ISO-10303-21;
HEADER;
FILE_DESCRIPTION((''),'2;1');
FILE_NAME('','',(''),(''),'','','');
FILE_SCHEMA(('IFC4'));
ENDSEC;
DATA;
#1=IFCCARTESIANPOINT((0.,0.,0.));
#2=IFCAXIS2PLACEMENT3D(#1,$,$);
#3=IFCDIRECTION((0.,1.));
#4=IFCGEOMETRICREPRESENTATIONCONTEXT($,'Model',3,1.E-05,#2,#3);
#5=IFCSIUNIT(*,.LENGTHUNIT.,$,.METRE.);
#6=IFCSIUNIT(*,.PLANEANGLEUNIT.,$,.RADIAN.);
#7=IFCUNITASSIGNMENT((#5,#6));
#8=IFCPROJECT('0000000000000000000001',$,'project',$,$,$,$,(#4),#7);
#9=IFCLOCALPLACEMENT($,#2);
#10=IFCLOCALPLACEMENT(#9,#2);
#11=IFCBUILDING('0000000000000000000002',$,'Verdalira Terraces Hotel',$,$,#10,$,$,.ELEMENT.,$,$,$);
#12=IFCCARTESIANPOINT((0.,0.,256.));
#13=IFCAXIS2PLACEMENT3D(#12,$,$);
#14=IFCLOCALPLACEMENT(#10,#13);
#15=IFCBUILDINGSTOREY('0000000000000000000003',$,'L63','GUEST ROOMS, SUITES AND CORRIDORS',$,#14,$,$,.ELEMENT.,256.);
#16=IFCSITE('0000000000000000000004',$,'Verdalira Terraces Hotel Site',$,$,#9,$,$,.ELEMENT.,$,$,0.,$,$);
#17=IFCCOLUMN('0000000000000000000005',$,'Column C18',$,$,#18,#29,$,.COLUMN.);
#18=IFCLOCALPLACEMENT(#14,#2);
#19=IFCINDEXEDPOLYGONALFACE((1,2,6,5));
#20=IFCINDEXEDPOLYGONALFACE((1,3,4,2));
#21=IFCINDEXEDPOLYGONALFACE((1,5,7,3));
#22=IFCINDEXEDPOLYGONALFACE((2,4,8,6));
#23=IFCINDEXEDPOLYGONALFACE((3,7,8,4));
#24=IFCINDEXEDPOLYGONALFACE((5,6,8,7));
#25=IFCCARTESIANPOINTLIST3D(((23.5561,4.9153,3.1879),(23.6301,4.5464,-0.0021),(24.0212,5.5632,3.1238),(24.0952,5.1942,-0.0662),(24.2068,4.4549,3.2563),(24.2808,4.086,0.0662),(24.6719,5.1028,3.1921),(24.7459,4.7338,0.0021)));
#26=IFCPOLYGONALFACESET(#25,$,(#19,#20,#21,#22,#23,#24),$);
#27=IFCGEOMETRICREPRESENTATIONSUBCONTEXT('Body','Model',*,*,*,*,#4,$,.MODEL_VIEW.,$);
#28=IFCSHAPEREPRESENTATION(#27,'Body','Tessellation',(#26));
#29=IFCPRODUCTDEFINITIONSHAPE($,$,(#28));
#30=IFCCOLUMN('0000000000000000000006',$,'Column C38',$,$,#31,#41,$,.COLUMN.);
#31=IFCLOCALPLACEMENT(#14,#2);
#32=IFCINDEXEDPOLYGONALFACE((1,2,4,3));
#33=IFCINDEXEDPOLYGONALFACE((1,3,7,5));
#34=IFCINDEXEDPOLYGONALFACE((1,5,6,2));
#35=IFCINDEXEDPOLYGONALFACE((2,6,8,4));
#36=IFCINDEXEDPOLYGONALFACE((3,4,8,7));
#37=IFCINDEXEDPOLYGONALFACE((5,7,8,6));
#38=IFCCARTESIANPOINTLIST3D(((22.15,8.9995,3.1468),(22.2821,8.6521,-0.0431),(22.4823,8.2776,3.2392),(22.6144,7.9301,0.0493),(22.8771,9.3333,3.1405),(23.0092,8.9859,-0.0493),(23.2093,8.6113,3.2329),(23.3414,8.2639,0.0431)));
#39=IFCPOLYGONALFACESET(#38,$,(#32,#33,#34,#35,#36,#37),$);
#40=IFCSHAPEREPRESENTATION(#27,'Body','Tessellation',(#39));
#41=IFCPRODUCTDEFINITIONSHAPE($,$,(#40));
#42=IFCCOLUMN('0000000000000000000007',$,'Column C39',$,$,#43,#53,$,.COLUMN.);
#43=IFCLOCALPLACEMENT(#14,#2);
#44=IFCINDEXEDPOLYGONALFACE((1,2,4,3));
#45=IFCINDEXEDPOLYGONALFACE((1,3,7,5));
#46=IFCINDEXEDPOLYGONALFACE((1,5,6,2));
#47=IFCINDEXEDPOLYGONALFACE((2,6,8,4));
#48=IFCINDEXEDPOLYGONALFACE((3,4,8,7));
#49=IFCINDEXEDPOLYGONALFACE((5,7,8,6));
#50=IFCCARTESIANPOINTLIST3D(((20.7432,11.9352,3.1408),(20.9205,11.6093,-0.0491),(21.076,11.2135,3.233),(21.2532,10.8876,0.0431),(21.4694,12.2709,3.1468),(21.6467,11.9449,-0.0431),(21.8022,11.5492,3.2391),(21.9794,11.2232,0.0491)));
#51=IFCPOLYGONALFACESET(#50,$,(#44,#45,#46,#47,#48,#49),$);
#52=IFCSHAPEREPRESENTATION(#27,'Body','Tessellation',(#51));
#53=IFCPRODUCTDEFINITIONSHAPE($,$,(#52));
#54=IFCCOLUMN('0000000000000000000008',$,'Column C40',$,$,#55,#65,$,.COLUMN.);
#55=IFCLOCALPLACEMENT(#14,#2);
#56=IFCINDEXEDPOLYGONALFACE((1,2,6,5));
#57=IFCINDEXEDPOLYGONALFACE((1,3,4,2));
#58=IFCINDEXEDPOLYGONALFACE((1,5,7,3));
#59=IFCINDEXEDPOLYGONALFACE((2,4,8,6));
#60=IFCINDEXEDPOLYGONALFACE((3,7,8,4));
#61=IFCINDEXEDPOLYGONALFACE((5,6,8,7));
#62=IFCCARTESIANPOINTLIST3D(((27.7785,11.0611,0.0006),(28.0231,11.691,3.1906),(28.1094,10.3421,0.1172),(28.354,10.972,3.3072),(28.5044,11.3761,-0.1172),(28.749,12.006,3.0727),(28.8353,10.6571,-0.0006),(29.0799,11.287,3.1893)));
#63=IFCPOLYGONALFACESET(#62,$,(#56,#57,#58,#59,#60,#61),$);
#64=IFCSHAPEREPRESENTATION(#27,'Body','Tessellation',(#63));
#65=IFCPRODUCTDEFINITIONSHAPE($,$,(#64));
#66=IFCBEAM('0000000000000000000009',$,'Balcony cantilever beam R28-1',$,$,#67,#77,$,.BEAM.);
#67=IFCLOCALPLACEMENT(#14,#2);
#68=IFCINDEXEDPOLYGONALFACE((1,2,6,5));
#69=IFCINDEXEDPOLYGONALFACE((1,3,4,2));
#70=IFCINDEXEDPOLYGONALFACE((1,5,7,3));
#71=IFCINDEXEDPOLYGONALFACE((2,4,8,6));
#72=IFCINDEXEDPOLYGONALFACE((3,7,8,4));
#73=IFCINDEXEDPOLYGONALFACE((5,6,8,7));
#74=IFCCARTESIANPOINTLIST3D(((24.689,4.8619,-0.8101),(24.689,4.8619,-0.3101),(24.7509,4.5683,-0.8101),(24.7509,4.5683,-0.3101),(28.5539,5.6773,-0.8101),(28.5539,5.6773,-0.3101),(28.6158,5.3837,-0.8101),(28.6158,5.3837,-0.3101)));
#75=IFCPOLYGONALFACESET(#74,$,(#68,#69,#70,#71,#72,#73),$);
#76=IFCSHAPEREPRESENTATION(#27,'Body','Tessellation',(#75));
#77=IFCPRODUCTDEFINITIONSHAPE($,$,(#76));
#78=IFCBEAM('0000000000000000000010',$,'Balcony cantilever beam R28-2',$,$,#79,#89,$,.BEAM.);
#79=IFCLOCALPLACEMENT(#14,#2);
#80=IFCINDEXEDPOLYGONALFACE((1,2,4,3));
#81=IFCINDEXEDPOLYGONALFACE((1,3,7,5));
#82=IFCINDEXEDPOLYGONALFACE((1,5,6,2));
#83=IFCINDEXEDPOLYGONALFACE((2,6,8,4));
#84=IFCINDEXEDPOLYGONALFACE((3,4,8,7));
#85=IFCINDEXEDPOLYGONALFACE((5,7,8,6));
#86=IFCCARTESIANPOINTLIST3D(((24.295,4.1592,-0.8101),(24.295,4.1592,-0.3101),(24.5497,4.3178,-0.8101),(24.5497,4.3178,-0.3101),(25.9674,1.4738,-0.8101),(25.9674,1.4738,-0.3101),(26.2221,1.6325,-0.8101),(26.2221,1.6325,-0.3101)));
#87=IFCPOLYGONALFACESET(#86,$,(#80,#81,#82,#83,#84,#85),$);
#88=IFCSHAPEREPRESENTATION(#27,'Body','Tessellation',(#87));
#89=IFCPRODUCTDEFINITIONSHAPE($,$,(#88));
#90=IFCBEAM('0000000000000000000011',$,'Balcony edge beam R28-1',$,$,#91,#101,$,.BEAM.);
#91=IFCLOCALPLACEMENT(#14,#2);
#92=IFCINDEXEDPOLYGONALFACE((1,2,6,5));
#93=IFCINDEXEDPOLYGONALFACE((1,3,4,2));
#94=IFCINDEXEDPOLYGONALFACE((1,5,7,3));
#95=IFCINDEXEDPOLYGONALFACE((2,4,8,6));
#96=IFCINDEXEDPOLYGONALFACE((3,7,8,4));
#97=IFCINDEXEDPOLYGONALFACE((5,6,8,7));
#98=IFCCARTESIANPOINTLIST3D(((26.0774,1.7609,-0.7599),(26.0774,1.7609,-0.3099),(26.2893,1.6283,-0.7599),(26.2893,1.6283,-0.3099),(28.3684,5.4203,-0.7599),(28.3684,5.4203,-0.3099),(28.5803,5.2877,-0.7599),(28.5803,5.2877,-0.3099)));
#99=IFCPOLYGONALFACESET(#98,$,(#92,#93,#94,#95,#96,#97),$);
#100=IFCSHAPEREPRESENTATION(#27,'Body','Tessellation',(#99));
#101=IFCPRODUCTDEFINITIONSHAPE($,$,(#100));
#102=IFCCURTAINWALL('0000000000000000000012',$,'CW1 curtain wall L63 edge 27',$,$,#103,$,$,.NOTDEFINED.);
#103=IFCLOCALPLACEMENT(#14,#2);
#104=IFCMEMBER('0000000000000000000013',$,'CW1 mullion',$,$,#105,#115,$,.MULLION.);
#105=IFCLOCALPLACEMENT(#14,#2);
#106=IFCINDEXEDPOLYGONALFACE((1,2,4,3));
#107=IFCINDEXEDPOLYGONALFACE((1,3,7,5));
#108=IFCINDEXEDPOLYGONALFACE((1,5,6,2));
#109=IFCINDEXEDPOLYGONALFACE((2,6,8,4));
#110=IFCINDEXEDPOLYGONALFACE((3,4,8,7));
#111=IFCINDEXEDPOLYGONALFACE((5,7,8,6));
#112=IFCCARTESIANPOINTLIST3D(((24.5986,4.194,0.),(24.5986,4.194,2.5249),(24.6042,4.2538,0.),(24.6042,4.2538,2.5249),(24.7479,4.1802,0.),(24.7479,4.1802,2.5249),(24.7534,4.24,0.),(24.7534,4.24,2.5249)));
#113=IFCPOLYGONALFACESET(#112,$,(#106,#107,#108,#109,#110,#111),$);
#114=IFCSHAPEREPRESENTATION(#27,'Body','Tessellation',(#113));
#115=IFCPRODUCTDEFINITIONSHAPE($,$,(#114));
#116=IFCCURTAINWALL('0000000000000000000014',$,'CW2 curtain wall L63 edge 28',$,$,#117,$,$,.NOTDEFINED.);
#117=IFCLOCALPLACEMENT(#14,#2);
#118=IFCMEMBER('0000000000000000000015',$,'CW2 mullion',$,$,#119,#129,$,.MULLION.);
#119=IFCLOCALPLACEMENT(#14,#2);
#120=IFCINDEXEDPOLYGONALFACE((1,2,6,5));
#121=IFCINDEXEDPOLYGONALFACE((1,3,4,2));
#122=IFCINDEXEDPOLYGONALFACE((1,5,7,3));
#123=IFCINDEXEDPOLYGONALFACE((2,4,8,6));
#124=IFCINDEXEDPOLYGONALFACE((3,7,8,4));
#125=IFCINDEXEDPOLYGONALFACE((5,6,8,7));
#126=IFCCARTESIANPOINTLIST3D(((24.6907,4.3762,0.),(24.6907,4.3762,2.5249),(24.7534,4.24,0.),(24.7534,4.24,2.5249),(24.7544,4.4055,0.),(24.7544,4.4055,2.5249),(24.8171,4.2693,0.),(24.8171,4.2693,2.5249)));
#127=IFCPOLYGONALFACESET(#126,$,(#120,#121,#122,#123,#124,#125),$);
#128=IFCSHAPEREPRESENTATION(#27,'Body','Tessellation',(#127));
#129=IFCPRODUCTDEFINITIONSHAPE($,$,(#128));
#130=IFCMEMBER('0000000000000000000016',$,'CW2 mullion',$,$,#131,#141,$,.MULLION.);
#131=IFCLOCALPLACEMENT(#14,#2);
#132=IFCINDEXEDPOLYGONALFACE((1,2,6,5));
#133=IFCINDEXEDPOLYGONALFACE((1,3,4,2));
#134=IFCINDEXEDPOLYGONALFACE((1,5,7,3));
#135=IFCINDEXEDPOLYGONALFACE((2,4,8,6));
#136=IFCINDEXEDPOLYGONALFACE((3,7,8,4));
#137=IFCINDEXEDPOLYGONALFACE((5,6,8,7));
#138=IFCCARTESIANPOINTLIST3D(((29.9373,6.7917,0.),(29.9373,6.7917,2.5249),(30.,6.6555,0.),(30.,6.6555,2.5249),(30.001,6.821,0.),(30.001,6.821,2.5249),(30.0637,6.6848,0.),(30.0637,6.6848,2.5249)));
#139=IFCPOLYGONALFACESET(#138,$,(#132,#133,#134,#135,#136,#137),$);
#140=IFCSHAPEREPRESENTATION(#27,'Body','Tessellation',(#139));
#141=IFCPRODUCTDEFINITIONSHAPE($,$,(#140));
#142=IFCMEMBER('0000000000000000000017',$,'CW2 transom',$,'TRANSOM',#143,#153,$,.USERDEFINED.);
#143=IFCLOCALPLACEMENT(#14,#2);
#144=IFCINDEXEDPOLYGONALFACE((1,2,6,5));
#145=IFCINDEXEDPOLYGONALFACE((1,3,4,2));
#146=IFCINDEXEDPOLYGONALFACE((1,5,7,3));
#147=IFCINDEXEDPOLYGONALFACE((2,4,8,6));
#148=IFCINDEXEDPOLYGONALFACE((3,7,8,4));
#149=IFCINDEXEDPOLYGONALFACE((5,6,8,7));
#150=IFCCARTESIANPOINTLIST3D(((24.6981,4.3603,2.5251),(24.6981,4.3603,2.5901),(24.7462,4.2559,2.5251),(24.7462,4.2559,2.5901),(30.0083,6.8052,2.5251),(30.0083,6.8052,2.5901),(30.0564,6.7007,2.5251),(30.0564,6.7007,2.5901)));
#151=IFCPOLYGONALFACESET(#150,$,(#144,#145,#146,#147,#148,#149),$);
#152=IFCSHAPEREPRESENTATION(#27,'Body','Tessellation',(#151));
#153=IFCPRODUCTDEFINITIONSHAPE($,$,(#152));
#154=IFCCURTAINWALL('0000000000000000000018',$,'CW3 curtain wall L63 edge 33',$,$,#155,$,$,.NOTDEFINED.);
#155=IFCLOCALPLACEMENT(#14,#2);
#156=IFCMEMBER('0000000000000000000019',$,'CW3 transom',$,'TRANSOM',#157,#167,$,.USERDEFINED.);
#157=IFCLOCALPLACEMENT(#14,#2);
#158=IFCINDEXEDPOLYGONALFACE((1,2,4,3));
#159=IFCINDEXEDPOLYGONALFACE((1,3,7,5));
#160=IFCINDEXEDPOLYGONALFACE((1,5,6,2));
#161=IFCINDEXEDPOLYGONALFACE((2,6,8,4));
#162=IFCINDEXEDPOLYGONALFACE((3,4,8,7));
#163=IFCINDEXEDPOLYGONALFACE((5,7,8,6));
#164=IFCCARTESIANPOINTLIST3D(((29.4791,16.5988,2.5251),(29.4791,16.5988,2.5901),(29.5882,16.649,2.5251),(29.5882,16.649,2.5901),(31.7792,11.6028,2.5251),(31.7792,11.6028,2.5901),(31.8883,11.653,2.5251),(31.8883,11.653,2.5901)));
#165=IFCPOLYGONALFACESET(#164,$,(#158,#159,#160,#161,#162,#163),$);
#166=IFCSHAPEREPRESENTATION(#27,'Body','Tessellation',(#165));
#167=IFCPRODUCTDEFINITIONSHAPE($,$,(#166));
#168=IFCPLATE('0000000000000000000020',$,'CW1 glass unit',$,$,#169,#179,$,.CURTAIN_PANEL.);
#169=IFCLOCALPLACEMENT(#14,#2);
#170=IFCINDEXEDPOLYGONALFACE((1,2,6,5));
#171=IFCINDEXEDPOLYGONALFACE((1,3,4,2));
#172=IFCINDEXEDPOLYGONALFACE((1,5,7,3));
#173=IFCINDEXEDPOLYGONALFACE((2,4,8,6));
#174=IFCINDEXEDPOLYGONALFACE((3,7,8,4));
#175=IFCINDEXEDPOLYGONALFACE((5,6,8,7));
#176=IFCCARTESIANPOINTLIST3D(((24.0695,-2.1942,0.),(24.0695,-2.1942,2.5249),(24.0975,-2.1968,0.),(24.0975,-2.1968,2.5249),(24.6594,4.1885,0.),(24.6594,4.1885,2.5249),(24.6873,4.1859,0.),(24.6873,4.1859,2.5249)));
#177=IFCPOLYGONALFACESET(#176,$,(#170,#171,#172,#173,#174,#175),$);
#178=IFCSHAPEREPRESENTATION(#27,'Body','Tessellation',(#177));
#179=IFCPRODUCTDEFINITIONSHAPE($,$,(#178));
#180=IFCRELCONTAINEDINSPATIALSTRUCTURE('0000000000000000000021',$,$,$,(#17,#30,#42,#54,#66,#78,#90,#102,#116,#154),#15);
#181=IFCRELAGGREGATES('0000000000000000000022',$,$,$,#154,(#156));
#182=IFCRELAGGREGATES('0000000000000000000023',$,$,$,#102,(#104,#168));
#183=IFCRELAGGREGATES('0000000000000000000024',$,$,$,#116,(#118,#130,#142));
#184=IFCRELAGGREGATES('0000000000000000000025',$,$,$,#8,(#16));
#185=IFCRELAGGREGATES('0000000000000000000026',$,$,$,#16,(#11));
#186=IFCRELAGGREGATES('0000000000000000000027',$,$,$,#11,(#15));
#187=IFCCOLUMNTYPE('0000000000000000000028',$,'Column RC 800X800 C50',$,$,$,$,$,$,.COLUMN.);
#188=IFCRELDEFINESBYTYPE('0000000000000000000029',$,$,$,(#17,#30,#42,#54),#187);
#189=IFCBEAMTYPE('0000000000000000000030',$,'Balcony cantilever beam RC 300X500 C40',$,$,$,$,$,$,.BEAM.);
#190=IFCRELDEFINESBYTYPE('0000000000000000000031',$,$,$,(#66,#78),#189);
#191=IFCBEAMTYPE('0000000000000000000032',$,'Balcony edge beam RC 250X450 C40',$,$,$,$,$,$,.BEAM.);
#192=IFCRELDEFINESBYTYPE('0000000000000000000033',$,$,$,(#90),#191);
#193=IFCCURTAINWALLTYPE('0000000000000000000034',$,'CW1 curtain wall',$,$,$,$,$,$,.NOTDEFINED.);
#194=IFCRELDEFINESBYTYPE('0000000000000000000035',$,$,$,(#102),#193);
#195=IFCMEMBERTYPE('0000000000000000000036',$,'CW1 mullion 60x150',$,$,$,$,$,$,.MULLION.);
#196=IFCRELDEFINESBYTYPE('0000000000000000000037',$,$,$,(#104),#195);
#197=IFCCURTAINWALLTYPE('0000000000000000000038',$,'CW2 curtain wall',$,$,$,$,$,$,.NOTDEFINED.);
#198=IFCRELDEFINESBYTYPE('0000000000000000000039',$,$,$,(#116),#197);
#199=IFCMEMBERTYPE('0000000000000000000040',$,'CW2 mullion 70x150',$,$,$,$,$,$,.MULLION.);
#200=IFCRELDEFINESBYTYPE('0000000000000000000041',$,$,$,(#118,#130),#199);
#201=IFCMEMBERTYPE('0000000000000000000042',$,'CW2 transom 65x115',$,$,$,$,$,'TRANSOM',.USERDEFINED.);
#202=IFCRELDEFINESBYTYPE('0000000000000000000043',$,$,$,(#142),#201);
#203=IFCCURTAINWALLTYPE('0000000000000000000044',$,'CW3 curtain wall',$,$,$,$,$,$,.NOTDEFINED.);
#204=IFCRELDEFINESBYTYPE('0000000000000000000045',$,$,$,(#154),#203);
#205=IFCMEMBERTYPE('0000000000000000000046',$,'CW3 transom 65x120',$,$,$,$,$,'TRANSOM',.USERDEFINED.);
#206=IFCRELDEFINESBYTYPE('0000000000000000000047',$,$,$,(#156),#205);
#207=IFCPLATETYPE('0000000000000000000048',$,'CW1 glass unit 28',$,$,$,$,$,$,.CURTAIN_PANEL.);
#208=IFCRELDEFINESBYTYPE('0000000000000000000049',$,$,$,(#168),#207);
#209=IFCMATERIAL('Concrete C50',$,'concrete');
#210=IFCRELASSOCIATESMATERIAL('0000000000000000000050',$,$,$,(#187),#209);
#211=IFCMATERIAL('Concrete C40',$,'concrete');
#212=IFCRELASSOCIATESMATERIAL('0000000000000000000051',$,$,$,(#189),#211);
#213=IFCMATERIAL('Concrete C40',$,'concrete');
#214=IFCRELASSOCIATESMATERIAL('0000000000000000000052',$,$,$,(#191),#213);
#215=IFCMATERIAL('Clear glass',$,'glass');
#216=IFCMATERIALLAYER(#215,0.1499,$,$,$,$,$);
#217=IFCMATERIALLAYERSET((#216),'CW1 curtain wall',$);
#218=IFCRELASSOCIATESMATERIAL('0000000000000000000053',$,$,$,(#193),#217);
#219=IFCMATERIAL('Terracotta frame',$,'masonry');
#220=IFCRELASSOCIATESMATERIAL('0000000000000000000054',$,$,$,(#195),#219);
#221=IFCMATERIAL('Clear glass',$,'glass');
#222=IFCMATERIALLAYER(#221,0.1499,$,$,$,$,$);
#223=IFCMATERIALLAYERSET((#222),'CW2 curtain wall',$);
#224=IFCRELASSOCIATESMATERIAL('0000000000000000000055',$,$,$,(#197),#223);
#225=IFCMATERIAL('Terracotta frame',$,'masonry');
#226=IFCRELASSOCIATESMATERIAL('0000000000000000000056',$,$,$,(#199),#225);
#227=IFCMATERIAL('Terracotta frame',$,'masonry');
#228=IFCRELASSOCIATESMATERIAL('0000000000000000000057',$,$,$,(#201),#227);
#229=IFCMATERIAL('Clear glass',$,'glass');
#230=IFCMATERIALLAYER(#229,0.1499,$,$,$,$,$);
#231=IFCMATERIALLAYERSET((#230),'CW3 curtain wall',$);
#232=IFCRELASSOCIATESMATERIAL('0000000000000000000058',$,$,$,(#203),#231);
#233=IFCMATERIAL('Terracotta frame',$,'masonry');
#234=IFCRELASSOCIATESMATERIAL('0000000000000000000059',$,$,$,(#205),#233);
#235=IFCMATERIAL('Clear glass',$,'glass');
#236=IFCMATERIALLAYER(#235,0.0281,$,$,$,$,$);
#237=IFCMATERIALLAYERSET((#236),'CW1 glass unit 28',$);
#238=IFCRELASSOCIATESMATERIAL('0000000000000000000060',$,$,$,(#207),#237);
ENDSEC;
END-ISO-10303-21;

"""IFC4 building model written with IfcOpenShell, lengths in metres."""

from ifc_helpers import new_model, si_unit, direction, frame, origin, origin_2d, place, context, subcontext, project, spatial, rectangle, extrude, material, layer, layer_set, material_profile, profile_set, type_object, element, aggregate, save


model = new_model("IFC4")

# Units and contexts
model_context = context("Model", 3, precision=1e-05, world=origin(), true_north=direction((0.0, 1.0)))
body_context = subcontext(model_context, "Body", "Model", "MODEL_VIEW")
ifc_project = project(units=[si_unit("LENGTHUNIT", "METRE"), si_unit("PLANEANGLEUNIT", "RADIAN")], contexts=[model_context])

# Site, building, storey
site_placement = place(None, origin())
site = spatial("IfcSite", under=ifc_project, at=site_placement, Name="Verdalira Terraces Hotel Site", CompositionType="ELEMENT", RefElevation=0.0)
building_placement = place(site_placement, origin())
building = spatial("IfcBuilding", under=site, at=building_placement, Name="Verdalira Terraces Hotel", CompositionType="ELEMENT")
storey_placement = place(building_placement, frame((0.0, 0.0, 256.0)))
storey = spatial("IfcBuildingStorey", under=building, at=storey_placement, Name="L63", Description="GUEST ROOMS, SUITES AND CORRIDORS", CompositionType="ELEMENT", Elevation=256.0)

# Columns
ifc_material_1 = material(Name="Concrete C50", Category="concrete")
ifc_material_profile_1 = material_profile(ifc_material_1, rectangle(XDim=0.8, YDim=0.8, at=origin_2d()), Name="RC 800X800")
ifc_profile_set_1 = profile_set([ifc_material_profile_1], Name="Concrete C50")
column_type = type_object("IfcColumnType", Name="Column RC 800X800 C50", PredefinedType="COLUMN", material=ifc_profile_set_1)
column_1_placement = place(storey_placement, frame((24.188, 4.6401, 0.0), z_axis=(-0.02303, 0.114848, 0.993116), x_axis=(-0.581317, -0.80972, 0.080158)))
element("IfcColumn", 1, at=column_1_placement, inside=storey, type_object=column_type, Name="Column C18", PredefinedType="COLUMN", context=body_context, shape_type="SweptSolid", body=[
    extrude(rectangle(XDim=0.8, YDim=0.8, at=origin_2d()), origin(), (0.0, 0.0, 1.0), 3.2122),
])
for number, where, z_axis, x_axis, name in (
    (2, (22.8118, 8.458, 0.0), (-0.041127, 0.108177, 0.993281), (0.908771, 0.417222, -0.007811), "Column C38"),
    (3, (21.45, 11.4163, 0.0), (-0.055192, 0.101489, 0.993304), (0.90771, 0.419529, 0.007571), "Column C39"),
):
    element("IfcColumn", number, at=place(storey_placement, frame(where, z_axis=z_axis, x_axis=x_axis)), inside=storey, type_object=column_type, Name=name, PredefinedType="COLUMN", context=body_context, shape_type="SweptSolid", body=[
        extrude(rectangle(XDim=0.8, YDim=0.8, at=origin_2d()), origin(), (0.0, 0.0, 1.0), 3.2114),
    ])
column_2_placement = place(storey_placement, frame((28.3069, 10.8591, 0.0), z_axis=(0.075023, 0.193173, 0.978292), x_axis=(0.90735, 0.393716, -0.147325)))
element("IfcColumn", 4, at=column_2_placement, inside=storey, type_object=column_type, Name="Column C40", PredefinedType="COLUMN", context=body_context, shape_type="SweptSolid", body=[
    extrude(rectangle(XDim=0.8, YDim=0.8, at=origin_2d()), origin(), (0.0, 0.0, 1.0), 3.2607),
])

# Beams
ifc_material_2 = material(Name="Concrete C40", Category="concrete")
ifc_material_profile_2 = material_profile(ifc_material_2, rectangle(XDim=0.3, YDim=0.5, at=origin_2d()), Name="RC 300X500")
ifc_profile_set_2 = profile_set([ifc_material_profile_2], Name="Concrete C40")
beam_type_1 = type_object("IfcBeamType", Name="Balcony cantilever beam RC 300X500 C40", PredefinedType="BEAM", material=ifc_profile_set_2)
beam_1_placement = place(storey_placement, frame((24.72, 4.7151, -0.5601), z_axis=(0.978458, 0.206447, 0.0), x_axis=(-0.206447, 0.978458, 0.0)))
element("IfcBeam", 5, at=beam_1_placement, inside=storey, type_object=beam_type_1, Name="Balcony cantilever beam R28-1", PredefinedType="BEAM", context=body_context, shape_type="SweptSolid", body=[
    extrude(rectangle(XDim=0.3, YDim=0.5, at=origin_2d()), origin(), (0.0, 0.0, 1.0), 3.95),
])
beam_2_placement = place(storey_placement, frame((24.4224, 4.2385, -0.5601), z_axis=(0.528646, -0.848843, 0.0), x_axis=(0.848843, 0.528646, 0.0)))
element("IfcBeam", 6, at=beam_2_placement, inside=storey, type_object=beam_type_1, Name="Balcony cantilever beam R28-2", PredefinedType="BEAM", context=body_context, shape_type="SweptSolid", body=[
    extrude(rectangle(XDim=0.3, YDim=0.5, at=origin_2d()), origin(), (0.0, 0.0, 1.0), 3.1636),
])
ifc_material_3 = material(Name="Concrete C40", Category="concrete")
ifc_material_profile_3 = material_profile(ifc_material_3, rectangle(XDim=0.25, YDim=0.45, at=origin_2d()), Name="RC 250X450")
ifc_profile_set_3 = profile_set([ifc_material_profile_3], Name="Concrete C40")
beam_type_2 = type_object("IfcBeamType", Name="Balcony edge beam RC 250X450 C40", PredefinedType="BEAM", material=ifc_profile_set_3)
beam_3_placement = place(storey_placement, frame((28.4744, 5.354, -0.5349), z_axis=(-0.530644, -0.847595, 0.0), x_axis=(0.847595, -0.530644, 0.0)))
element("IfcBeam", 7, at=beam_3_placement, inside=storey, type_object=beam_type_2, Name="Balcony edge beam R28-1", PredefinedType="BEAM", context=body_context, shape_type="SweptSolid", body=[
    extrude(rectangle(XDim=0.25, YDim=0.45, at=origin_2d()), origin(), (0.0, 0.0, 1.0), 4.3174),
])

# Curtain wall, member
ifc_material_4 = material(Name="Clear glass", Category="glass")
ifc_layer_1 = layer(ifc_material_4, 0.1499)
ifc_layer_set_1 = layer_set([ifc_layer_1], Name="CW1 curtain wall")
curtain_wall_type_1 = type_object("IfcCurtainWallType", Name="CW1 curtain wall", PredefinedType="NOTDEFINED", material=ifc_layer_set_1)
curtain_wall_1_placement = place(storey_placement, origin())
curtain_wall_1 = element("IfcCurtainWall", 8, at=curtain_wall_1_placement, inside=storey, type_object=curtain_wall_type_1, Name="CW1 curtain wall L63 edge 27", PredefinedType="NOTDEFINED")
ifc_material_5 = material(Name="Terracotta frame", Category="masonry")
ifc_material_profile_4 = material_profile(ifc_material_5, rectangle(XDim=0.0601, YDim=0.1499, at=origin_2d()), Name="MU 60x150")
ifc_profile_set_4 = profile_set([ifc_material_profile_4], Name="Terracotta frame")
member_type_1 = type_object("IfcMemberType", Name="CW1 mullion 60x150", PredefinedType="MULLION", material=ifc_profile_set_4)
member_1_placement = place(storey_placement, frame((24.676, 4.217, 0.0), z_axis=(0.0, 0.0, 1.0), x_axis=(0.092023, 0.995757, 0.0)))
member_1 = element("IfcMember", 9, at=member_1_placement, type_object=member_type_1, Name="CW1 mullion", PredefinedType="MULLION", context=body_context, shape_type="SweptSolid", body=[
    extrude(rectangle(XDim=0.0601, YDim=0.1499, at=origin_2d()), origin(), (0.0, 0.0, 1.0), 2.5249),
])

# Curtain wall, members
ifc_material_6 = material(Name="Clear glass", Category="glass")
ifc_layer_2 = layer(ifc_material_6, 0.1499)
ifc_layer_set_2 = layer_set([ifc_layer_2], Name="CW2 curtain wall")
curtain_wall_type_2 = type_object("IfcCurtainWallType", Name="CW2 curtain wall", PredefinedType="NOTDEFINED", material=ifc_layer_set_2)
curtain_wall_2_placement = place(storey_placement, origin())
curtain_wall_2 = element("IfcCurtainWall", 10, at=curtain_wall_2_placement, inside=storey, type_object=curtain_wall_type_2, Name="CW2 curtain wall L63 edge 28", PredefinedType="NOTDEFINED")
ifc_material_7 = material(Name="Terracotta frame", Category="masonry")
ifc_material_profile_5 = material_profile(ifc_material_7, rectangle(XDim=0.0701, YDim=0.1499, at=origin_2d()), Name="MU 70x150")
ifc_profile_set_5 = profile_set([ifc_material_profile_5], Name="Terracotta frame")
member_type_2 = type_object("IfcMemberType", Name="CW2 mullion 70x150", PredefinedType="MULLION", material=ifc_profile_set_5)
member_2_placement = place(storey_placement, frame((24.7539, 4.3228, 0.0), z_axis=(0.0, 0.0, 1.0), x_axis=(0.908362, 0.418184, 0.0)))
member_2 = element("IfcMember", 11, at=member_2_placement, type_object=member_type_2, Name="CW2 mullion", PredefinedType="MULLION", context=body_context, shape_type="SweptSolid", body=[
    extrude(rectangle(XDim=0.0701, YDim=0.1499, at=origin_2d()), origin(), (0.0, 0.0, 1.0), 2.5249),
])
member_3_placement = place(storey_placement, frame((30.0005, 6.7383, 0.0), z_axis=(0.0, 0.0, 1.0), x_axis=(0.908362, 0.418184, 0.0)))
member_3 = element("IfcMember", 12, at=member_3_placement, type_object=member_type_2, Name="CW2 mullion", PredefinedType="MULLION", context=body_context, shape_type="SweptSolid", body=[
    extrude(rectangle(XDim=0.0701, YDim=0.1499, at=origin_2d()), origin(), (0.0, 0.0, 1.0), 2.5249),
])
ifc_material_8 = material(Name="Terracotta frame", Category="masonry")
ifc_material_profile_6 = material_profile(ifc_material_8, rectangle(XDim=0.115, YDim=0.0649, at=origin_2d()), Name="TR 65x115")
ifc_profile_set_6 = profile_set([ifc_material_profile_6], Name="Terracotta frame")
member_type_3 = type_object("IfcMemberType", Name="CW2 transom 65x115", ElementType="TRANSOM", PredefinedType="USERDEFINED", material=ifc_profile_set_6)
member_4_placement = place(storey_placement, frame((24.7222, 4.3081, 2.5576), z_axis=(0.908348, 0.418216, 0.0), x_axis=(-0.418216, 0.908348, 0.0)))
member_4 = element("IfcMember", 13, at=member_4_placement, type_object=member_type_3, Name="CW2 transom", ObjectType="TRANSOM", PredefinedType="USERDEFINED", context=body_context, shape_type="SweptSolid", body=[
    extrude(rectangle(XDim=0.115, YDim=0.0649, at=origin_2d()), origin(), (0.0, 0.0, 1.0), 5.8459),
])

# Curtain wall, member
ifc_material_9 = material(Name="Clear glass", Category="glass")
ifc_layer_3 = layer(ifc_material_9, 0.1499)
ifc_layer_set_3 = layer_set([ifc_layer_3], Name="CW3 curtain wall")
curtain_wall_type_3 = type_object("IfcCurtainWallType", Name="CW3 curtain wall", PredefinedType="NOTDEFINED", material=ifc_layer_set_3)
curtain_wall_3_placement = place(storey_placement, origin())
curtain_wall_3 = element("IfcCurtainWall", 14, at=curtain_wall_3_placement, inside=storey, type_object=curtain_wall_type_3, Name="CW3 curtain wall L63 edge 33", PredefinedType="NOTDEFINED")
ifc_material_10 = material(Name="Terracotta frame", Category="masonry")
ifc_material_profile_7 = material_profile(ifc_material_10, rectangle(XDim=0.1201, YDim=0.0649, at=origin_2d()), Name="TR 65x120")
ifc_profile_set_7 = profile_set([ifc_material_profile_7], Name="Terracotta frame")
member_type_4 = type_object("IfcMemberType", Name="CW3 transom 65x120", ElementType="TRANSOM", PredefinedType="USERDEFINED", material=ifc_profile_set_7)
member_5_placement = place(storey_placement, frame((31.8337, 11.6279, 2.5576), z_axis=(-0.418199, 0.908355, 0.0), x_axis=(-0.908355, -0.418199, 0.0)))
member_5 = element("IfcMember", 15, at=member_5_placement, type_object=member_type_4, Name="CW3 transom", ObjectType="TRANSOM", PredefinedType="USERDEFINED", context=body_context, shape_type="SweptSolid", body=[
    extrude(rectangle(XDim=0.1201, YDim=0.0649, at=origin_2d()), origin(), (0.0, 0.0, 1.0), 5.5),
])
aggregate(curtain_wall_3, [member_5])

# Plate
ifc_material_11 = material(Name="Clear glass", Category="glass")
ifc_layer_4 = layer(ifc_material_11, 0.0281)
ifc_layer_set_4 = layer_set([ifc_layer_4], Name="CW1 glass unit 28")
plate_type_1 = type_object("IfcPlateType", Name="CW1 glass unit 28", PredefinedType="CURTAIN_PANEL", material=ifc_layer_set_4)
plate_1_placement = place(storey_placement, frame((24.3784, 0.9959, 0.0), z_axis=(0.0, 0.0, 1.0), x_axis=(0.092023, 0.995757, 0.0)))
plate_1 = element("IfcPlate", 16, at=plate_1_placement, type_object=plate_type_1, Name="CW1 glass unit", PredefinedType="CURTAIN_PANEL", context=body_context, shape_type="SweptSolid", body=[
    extrude(rectangle(XDim=6.4099, YDim=0.0281, at=origin_2d()), origin(), (0.0, 0.0, 1.0), 2.5249),
])
aggregate(curtain_wall_1, [member_1, plate_1])
aggregate(curtain_wall_2, [member_2, member_3, member_4])

save(model, "model.ifc")
